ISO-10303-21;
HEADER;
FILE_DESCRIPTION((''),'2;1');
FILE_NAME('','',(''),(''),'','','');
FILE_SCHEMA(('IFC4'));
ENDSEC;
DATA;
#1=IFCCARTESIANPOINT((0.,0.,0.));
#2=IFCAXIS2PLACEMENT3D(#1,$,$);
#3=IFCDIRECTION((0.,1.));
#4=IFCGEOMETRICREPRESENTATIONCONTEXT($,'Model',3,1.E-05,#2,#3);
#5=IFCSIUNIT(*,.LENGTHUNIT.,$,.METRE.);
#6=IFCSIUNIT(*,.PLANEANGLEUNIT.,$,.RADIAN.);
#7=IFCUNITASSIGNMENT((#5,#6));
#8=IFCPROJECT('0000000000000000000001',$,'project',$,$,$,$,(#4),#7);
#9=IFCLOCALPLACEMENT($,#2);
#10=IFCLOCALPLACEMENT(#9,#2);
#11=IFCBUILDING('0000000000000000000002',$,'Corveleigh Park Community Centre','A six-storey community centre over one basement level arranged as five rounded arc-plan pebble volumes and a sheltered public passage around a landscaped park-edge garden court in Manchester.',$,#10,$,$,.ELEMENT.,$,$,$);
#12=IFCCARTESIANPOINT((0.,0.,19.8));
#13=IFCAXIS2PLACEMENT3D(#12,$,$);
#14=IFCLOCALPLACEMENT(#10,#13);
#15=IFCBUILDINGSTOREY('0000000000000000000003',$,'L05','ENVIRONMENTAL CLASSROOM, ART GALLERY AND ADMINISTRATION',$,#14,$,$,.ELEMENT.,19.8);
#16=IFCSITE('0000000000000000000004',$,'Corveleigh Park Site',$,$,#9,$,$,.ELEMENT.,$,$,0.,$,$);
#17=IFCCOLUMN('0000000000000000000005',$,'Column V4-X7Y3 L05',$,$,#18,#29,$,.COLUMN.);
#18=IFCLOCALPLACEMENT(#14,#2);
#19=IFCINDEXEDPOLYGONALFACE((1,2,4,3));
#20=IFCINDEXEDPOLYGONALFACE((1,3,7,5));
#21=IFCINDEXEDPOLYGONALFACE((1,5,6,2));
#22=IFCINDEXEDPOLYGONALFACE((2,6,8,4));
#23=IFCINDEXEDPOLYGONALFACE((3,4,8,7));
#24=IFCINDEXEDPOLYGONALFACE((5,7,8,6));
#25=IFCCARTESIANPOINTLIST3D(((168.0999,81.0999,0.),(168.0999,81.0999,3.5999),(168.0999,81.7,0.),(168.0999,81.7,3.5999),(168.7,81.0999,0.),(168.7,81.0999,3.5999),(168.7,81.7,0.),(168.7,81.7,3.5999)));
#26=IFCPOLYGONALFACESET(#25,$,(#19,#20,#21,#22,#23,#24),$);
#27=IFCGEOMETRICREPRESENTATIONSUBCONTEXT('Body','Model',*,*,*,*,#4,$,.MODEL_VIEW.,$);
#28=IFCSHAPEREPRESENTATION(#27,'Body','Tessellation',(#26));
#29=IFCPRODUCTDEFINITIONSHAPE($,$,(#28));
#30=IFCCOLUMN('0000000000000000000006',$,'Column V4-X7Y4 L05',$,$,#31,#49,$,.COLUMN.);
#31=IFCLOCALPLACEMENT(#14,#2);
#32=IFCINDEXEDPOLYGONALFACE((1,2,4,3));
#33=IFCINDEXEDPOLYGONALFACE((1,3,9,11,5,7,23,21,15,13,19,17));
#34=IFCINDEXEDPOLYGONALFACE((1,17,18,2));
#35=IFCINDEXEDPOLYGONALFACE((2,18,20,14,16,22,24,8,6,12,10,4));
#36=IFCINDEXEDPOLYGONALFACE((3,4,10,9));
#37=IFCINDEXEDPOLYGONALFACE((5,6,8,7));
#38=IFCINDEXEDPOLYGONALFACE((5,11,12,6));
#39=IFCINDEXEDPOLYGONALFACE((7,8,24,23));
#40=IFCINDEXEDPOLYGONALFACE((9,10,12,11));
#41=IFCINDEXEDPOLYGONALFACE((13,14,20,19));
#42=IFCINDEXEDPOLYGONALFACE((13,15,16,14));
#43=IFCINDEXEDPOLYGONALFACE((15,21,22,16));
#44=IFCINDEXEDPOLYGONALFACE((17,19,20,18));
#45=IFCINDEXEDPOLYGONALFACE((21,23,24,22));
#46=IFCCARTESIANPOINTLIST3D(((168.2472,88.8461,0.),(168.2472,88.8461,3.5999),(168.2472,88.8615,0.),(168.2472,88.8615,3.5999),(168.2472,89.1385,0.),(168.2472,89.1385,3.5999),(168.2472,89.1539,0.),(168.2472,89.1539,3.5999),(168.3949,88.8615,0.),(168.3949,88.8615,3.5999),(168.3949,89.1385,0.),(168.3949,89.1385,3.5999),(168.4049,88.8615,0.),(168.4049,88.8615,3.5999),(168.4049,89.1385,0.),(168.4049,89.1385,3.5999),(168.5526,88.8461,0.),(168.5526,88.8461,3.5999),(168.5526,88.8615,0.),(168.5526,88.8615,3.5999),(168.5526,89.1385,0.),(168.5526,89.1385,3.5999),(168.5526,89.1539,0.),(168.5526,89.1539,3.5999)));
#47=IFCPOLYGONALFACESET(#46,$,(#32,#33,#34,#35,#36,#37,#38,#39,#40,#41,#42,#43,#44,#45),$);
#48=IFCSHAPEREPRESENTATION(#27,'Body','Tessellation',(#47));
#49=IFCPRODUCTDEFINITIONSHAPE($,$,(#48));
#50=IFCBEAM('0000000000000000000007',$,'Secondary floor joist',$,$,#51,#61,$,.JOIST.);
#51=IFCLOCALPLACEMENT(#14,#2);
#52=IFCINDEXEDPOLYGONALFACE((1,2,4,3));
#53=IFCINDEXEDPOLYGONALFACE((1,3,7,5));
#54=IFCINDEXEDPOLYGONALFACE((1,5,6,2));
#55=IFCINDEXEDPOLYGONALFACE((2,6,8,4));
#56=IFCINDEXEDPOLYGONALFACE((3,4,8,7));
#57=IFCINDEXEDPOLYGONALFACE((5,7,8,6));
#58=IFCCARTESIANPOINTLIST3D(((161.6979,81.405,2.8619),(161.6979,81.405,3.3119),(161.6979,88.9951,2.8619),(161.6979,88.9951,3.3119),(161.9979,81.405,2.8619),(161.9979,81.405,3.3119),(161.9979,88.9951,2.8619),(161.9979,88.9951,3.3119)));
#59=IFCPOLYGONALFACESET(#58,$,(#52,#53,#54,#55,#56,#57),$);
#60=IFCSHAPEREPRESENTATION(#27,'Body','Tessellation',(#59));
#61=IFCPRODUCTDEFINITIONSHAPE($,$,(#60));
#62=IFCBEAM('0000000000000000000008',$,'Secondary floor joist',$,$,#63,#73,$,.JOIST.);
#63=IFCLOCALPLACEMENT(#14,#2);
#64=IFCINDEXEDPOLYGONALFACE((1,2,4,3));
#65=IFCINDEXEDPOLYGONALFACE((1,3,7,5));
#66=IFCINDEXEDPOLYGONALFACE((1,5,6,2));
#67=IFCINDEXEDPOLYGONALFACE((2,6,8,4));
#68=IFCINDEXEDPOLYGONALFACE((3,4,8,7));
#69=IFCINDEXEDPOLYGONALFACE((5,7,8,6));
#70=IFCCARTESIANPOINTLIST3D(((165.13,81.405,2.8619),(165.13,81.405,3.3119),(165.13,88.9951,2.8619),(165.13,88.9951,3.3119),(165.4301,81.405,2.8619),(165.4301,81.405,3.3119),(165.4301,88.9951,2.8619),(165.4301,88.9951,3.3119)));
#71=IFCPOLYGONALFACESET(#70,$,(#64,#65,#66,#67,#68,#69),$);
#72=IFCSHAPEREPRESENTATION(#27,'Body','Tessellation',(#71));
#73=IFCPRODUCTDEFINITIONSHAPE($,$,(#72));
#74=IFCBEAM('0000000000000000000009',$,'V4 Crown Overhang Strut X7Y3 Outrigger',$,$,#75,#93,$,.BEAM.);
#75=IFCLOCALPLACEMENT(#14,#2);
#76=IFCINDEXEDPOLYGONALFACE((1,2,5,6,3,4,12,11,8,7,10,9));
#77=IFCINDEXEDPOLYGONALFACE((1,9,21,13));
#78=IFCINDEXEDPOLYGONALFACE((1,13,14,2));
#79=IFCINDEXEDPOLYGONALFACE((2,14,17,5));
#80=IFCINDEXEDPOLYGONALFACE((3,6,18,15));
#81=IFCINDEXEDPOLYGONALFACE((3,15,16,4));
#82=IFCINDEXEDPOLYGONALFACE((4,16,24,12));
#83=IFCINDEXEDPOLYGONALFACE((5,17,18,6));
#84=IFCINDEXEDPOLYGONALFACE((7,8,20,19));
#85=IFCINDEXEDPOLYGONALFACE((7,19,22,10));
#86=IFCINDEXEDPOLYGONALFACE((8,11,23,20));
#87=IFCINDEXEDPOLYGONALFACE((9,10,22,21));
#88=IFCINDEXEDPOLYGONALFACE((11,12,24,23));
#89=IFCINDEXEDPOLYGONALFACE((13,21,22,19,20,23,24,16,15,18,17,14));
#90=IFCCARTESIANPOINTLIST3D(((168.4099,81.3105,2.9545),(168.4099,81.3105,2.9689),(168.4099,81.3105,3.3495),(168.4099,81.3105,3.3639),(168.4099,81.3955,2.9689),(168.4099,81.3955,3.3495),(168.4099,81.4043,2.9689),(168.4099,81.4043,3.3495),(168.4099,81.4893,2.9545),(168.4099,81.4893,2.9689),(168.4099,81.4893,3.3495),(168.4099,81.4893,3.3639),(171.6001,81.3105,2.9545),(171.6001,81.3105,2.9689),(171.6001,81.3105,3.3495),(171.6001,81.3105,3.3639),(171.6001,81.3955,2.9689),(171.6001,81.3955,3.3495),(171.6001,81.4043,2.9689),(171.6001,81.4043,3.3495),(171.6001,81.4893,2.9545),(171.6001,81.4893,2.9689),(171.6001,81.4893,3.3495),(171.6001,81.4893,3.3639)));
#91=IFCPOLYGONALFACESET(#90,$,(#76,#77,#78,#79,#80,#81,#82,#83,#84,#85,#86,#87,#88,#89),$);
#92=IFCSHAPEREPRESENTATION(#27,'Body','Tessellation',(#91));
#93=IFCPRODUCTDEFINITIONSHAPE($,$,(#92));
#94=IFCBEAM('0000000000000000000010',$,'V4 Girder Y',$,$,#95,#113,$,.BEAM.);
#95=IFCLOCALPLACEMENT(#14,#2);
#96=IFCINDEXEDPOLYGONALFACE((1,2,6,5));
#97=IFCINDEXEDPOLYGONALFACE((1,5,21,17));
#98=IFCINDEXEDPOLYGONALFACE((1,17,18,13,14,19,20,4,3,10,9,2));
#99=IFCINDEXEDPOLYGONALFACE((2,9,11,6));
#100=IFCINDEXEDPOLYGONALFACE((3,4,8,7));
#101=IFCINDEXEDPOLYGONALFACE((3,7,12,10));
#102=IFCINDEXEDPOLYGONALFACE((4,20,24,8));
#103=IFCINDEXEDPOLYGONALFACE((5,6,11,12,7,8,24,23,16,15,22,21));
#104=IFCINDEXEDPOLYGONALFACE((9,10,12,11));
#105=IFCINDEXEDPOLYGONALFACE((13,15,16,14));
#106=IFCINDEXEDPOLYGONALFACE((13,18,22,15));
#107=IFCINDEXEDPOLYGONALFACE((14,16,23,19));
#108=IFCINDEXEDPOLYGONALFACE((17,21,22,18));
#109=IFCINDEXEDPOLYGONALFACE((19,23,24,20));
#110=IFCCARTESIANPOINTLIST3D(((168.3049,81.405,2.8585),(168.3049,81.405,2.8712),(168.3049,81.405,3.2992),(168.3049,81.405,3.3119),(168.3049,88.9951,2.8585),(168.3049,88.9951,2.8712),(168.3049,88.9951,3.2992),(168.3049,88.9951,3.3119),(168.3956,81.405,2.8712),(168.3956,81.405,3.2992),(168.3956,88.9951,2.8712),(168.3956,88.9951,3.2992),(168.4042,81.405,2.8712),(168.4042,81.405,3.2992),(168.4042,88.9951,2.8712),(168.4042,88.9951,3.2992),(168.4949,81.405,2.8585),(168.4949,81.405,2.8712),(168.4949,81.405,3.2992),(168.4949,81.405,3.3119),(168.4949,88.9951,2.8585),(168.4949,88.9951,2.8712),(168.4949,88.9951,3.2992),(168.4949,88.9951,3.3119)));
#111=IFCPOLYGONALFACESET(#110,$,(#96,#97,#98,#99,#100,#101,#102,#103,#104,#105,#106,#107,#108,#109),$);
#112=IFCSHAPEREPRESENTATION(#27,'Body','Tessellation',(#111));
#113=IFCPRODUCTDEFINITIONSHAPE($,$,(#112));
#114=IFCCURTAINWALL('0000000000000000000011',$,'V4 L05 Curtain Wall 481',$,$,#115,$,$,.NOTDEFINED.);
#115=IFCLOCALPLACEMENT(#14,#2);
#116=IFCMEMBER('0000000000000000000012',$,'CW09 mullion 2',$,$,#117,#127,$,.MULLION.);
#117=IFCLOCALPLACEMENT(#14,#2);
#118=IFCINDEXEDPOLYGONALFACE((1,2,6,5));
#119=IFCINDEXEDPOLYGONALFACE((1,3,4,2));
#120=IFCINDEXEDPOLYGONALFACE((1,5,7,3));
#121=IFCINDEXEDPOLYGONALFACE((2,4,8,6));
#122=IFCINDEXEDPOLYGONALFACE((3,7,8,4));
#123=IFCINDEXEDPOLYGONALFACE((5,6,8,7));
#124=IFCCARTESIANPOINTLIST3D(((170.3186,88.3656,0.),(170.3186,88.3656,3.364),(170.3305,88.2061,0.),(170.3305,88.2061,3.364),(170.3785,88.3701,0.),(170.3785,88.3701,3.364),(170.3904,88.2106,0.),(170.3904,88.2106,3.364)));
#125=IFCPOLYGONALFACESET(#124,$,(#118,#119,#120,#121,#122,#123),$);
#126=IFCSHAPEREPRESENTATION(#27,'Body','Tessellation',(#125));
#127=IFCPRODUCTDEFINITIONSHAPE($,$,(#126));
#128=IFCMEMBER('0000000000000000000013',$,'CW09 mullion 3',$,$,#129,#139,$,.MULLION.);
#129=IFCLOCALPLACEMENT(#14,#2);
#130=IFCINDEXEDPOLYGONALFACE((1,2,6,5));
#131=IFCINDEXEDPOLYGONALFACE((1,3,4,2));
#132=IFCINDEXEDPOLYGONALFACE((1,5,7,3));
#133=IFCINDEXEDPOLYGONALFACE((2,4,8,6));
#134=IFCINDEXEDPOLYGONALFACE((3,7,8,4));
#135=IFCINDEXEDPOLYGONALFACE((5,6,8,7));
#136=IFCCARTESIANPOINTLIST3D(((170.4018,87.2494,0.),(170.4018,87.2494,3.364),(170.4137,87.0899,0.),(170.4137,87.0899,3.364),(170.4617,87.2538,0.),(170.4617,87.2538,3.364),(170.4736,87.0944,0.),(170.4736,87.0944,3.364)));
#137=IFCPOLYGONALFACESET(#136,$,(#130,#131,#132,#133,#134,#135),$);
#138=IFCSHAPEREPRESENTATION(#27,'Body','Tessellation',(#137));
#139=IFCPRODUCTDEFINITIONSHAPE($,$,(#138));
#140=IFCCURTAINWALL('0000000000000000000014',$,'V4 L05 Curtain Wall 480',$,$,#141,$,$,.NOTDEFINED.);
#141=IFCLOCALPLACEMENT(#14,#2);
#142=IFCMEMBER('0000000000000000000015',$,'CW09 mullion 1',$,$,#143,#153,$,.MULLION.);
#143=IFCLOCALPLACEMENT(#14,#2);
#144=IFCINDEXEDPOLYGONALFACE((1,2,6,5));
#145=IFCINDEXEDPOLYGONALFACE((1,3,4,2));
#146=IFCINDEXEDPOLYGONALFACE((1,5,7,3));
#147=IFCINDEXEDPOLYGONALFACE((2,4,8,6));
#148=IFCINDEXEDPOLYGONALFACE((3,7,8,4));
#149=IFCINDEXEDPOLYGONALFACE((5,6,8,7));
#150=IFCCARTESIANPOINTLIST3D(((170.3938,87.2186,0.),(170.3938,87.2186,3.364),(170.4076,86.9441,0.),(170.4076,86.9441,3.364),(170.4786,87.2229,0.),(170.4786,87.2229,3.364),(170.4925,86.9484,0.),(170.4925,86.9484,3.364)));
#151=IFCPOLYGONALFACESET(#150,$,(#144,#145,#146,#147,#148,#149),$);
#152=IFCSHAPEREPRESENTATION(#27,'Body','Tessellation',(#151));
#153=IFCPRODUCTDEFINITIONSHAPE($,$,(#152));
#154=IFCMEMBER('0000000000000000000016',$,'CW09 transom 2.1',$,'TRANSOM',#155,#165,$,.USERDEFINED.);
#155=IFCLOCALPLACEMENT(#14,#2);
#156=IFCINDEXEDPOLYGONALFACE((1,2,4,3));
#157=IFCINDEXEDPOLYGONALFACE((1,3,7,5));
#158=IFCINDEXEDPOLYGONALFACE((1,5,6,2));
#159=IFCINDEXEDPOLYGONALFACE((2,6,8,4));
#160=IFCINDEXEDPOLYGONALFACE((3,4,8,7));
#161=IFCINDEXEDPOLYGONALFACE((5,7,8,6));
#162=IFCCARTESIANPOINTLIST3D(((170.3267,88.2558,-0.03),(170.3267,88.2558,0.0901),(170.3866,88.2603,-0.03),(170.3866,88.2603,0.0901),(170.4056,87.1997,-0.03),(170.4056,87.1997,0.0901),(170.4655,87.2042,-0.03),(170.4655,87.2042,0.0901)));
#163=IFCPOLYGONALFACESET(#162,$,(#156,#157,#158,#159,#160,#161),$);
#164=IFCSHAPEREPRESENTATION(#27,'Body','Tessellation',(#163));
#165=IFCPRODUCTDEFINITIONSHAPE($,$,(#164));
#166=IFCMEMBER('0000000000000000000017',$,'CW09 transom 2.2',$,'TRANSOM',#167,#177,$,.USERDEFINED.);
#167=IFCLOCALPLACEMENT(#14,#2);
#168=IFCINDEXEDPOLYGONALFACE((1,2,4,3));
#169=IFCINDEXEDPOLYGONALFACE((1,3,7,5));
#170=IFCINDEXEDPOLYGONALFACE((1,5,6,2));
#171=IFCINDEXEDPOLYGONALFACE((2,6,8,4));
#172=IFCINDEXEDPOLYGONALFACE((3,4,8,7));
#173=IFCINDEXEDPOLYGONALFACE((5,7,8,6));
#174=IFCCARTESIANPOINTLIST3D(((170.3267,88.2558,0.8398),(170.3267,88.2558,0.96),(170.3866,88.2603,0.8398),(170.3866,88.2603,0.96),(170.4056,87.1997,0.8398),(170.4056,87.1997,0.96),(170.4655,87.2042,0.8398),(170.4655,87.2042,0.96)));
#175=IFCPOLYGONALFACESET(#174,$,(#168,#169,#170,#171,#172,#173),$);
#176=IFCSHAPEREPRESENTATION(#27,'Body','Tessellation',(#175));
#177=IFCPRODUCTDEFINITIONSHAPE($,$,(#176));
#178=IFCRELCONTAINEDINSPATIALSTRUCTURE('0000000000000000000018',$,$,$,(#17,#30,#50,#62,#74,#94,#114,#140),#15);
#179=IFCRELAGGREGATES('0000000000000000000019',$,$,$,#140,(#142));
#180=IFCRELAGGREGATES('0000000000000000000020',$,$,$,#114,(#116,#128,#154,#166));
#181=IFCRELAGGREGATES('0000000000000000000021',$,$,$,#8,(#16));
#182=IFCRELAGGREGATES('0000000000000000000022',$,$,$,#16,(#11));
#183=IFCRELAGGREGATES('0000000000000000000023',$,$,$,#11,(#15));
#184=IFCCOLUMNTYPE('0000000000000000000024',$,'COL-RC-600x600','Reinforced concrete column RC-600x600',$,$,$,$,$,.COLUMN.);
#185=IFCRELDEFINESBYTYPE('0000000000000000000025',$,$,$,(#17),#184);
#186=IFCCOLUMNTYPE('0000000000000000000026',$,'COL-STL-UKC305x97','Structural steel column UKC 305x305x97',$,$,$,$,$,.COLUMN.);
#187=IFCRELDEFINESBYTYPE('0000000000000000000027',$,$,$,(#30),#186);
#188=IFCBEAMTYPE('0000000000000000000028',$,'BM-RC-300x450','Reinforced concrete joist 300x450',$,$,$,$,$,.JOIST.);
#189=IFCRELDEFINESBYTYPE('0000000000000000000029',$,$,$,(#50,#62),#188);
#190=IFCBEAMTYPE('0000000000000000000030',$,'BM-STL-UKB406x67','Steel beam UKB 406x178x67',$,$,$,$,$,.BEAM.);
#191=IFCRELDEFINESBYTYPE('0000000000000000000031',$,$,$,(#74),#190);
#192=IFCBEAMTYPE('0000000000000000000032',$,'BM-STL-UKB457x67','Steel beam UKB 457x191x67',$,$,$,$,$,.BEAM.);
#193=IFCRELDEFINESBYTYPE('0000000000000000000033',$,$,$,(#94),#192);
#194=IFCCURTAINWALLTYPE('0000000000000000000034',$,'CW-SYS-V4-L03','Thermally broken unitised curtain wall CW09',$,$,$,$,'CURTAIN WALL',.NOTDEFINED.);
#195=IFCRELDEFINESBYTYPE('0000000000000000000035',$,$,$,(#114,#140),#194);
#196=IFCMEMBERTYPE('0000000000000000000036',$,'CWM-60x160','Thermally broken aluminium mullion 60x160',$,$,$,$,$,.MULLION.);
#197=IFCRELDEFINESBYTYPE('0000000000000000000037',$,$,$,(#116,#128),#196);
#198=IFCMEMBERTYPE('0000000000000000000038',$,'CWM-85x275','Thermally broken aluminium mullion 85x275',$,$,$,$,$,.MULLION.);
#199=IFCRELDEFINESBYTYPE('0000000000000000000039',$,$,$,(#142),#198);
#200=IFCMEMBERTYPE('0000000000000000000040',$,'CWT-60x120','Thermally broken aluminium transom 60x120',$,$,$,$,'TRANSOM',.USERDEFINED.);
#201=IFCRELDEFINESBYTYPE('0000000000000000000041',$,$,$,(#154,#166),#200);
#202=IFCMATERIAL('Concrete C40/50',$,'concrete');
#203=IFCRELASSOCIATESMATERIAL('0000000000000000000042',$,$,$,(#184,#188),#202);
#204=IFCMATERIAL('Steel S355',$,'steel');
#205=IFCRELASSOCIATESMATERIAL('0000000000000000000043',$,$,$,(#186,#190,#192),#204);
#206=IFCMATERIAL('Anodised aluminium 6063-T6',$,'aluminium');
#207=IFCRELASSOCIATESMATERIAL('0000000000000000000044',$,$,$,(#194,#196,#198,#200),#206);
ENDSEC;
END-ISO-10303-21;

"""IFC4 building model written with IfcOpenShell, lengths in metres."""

from ifc_helpers import new_model, si_unit, direction, frame, origin, origin_2d, place, context, subcontext, project, spatial, rectangle, i_section, extrude, material, material_profile, profile_set, type_object, element, aggregate, save


model = new_model("IFC4")

# Units and contexts
model_context = context("Model", 3, precision=1e-05, world=origin(), true_north=direction((0.0, 1.0)))
body_context = subcontext(model_context, "Body", "Model", "MODEL_VIEW")
ifc_project = project(units=[si_unit("LENGTHUNIT", "METRE"), si_unit("PLANEANGLEUNIT", "RADIAN")], contexts=[model_context])

# Site, building, storey
site_placement = place(None, origin())
site = spatial("IfcSite", under=ifc_project, at=site_placement, Name="Corveleigh Park Site", CompositionType="ELEMENT", RefElevation=0.0)
building_placement = place(site_placement, origin())
building = spatial("IfcBuilding", under=site, at=building_placement, Name="Corveleigh Park Community Centre", Description="A six-storey community centre over one basement level arranged as five rounded arc-plan pebble volumes and a sheltered public passage around a landscaped park-edge garden court in Manchester.", CompositionType="ELEMENT")
storey_placement = place(building_placement, frame((0.0, 0.0, 19.8)))
storey = spatial("IfcBuildingStorey", under=building, at=storey_placement, Name="L05", Description="ENVIRONMENTAL CLASSROOM, ART GALLERY AND ADMINISTRATION", CompositionType="ELEMENT", Elevation=19.8)

# Columns
ifc_material_1 = material(Name="Concrete C40/50", Category="concrete")
ifc_material_profile_1 = material_profile(ifc_material_1, rectangle(XDim=0.6001, YDim=0.6001, at=origin_2d()), Name="RC-600x600", Category="concrete")
ifc_profile_set_1 = profile_set([ifc_material_profile_1], Name="Concrete C40/50")
column_type_1 = type_object("IfcColumnType", Name="COL-RC-600x600", Description="Reinforced concrete column RC-600x600", PredefinedType="COLUMN", material=ifc_profile_set_1)
column_1_placement = place(storey_placement, frame((168.3999, 81.3999, 0.0), z_axis=(0.0, 0.0, 1.0), x_axis=(1.0, 0.0, 0.0)))
element("IfcColumn", 1, at=column_1_placement, inside=storey, type_object=column_type_1, Name="Column V4-X7Y3 L05", PredefinedType="COLUMN", context=body_context, shape_type="SweptSolid", body=[
    extrude(rectangle(XDim=0.6001, YDim=0.6001, at=origin_2d()), origin(), (0.0, 0.0, 1.0), 3.5999),
])
ifc_material_2 = material(Name="Steel S355", Category="steel")
ifc_material_profile_2 = material_profile(ifc_material_2, i_section(OverallWidth=0.3054, OverallDepth=0.3079, WebThickness=0.01, FlangeThickness=0.0154, at=origin_2d()), Name="UKC 305x305x97", Category="steel")
ifc_profile_set_2 = profile_set([ifc_material_profile_2], Name="Steel S355")
column_type_2 = type_object("IfcColumnType", Name="COL-STL-UKC305x97", Description="Structural steel column UKC 305x305x97", PredefinedType="COLUMN", material=ifc_profile_set_2)
column_2_placement = place(storey_placement, frame((168.3999, 89.0, 0.0), z_axis=(0.0, 0.0, 1.0), x_axis=(1.0, 0.0, 0.0)))
element("IfcColumn", 2, at=column_2_placement, inside=storey, type_object=column_type_2, Name="Column V4-X7Y4 L05", PredefinedType="COLUMN", context=body_context, shape_type="SweptSolid", body=[
    extrude(i_section(OverallWidth=0.3054, OverallDepth=0.3079, WebThickness=0.01, FlangeThickness=0.0154, at=origin_2d()), origin(), (0.0, 0.0, 1.0), 3.5999),
])

# Beams
ifc_material_profile_3 = material_profile(ifc_material_1, rectangle(XDim=0.3, YDim=0.45, at=origin_2d()), Name="RC-300x450", Category="concrete")
ifc_profile_set_3 = profile_set([ifc_material_profile_3], Name="Concrete C40/50")
beam_type_1 = type_object("IfcBeamType", Name="BM-RC-300x450", Description="Reinforced concrete joist 300x450", PredefinedType="JOIST", material=ifc_profile_set_3)
for number, where, z_axis, x_axis, name in (
    (3, (161.8479, 81.405, 3.0869), (0.0, 1.0, 0.0), (-1.0, 0.0, 0.0), "Secondary floor joist"),
    (4, (165.28, 81.405, 3.0869), (0.0, 1.0, 0.0), (-1.0, 0.0, 0.0), "Secondary floor joist"),
):
    element("IfcBeam", number, at=place(storey_placement, frame(where, z_axis=z_axis, x_axis=x_axis)), inside=storey, type_object=beam_type_1, Name=name, PredefinedType="JOIST", context=body_context, shape_type="SweptSolid", body=[
        extrude(rectangle(XDim=0.3, YDim=0.45, at=origin_2d()), origin(), (0.0, 0.0, 1.0), 7.5901),
    ])
ifc_material_profile_4 = material_profile(ifc_material_2, i_section(OverallWidth=0.1787, OverallDepth=0.4094, WebThickness=0.0088, FlangeThickness=0.0144, at=origin_2d()), Name="UKB 406x178x67", Category="steel")
ifc_profile_set_4 = profile_set([ifc_material_profile_4], Name="Steel S355")
beam_type_2 = type_object("IfcBeamType", Name="BM-STL-UKB406x67", Description="Steel beam UKB 406x178x67", PredefinedType="BEAM", material=ifc_profile_set_4)
beam_1_placement = place(storey_placement, frame((168.4099, 81.3999, 3.1592), z_axis=(1.0, 0.0, 0.0), x_axis=(0.0, 1.0, 0.0)))
element("IfcBeam", 5, at=beam_1_placement, inside=storey, type_object=beam_type_2, Name="V4 Crown Overhang Strut X7Y3 Outrigger", PredefinedType="BEAM", context=body_context, shape_type="SweptSolid", body=[
    extrude(i_section(OverallWidth=0.1787, OverallDepth=0.4094, WebThickness=0.0088, FlangeThickness=0.0144, at=origin_2d()), origin(), (0.0, 0.0, 1.0), 3.1902),
])
ifc_material_profile_5 = material_profile(ifc_material_2, i_section(OverallWidth=0.1899, OverallDepth=0.4534, WebThickness=0.0085, FlangeThickness=0.0127, at=origin_2d()), Name="UKB 457x191x67", Category="steel")
ifc_profile_set_5 = profile_set([ifc_material_profile_5], Name="Steel S355")
beam_type_3 = type_object("IfcBeamType", Name="BM-STL-UKB457x67", Description="Steel beam UKB 457x191x67", PredefinedType="BEAM", material=ifc_profile_set_5)
beam_2_placement = place(storey_placement, frame((168.3999, 81.405, 3.0852), z_axis=(0.0, 1.0, 0.0), x_axis=(-1.0, 0.0, 0.0)))
element("IfcBeam", 6, at=beam_2_placement, inside=storey, type_object=beam_type_3, Name="V4 Girder Y", PredefinedType="BEAM", context=body_context, shape_type="SweptSolid", body=[
    extrude(i_section(OverallWidth=0.1899, OverallDepth=0.4534, WebThickness=0.0085, FlangeThickness=0.0127, at=origin_2d()), origin(), (0.0, 0.0, 1.0), 7.5901),
])

# Curtain wall, members
ifc_material_3 = material(Name="Anodised aluminium 6063-T6", Category="aluminium")
curtain_wall_type = type_object("IfcCurtainWallType", Name="CW-SYS-V4-L03", Description="Thermally broken unitised curtain wall CW09", ElementType="CURTAIN WALL", PredefinedType="NOTDEFINED", material=ifc_material_3)
curtain_wall_1_placement = place(storey_placement, origin())
curtain_wall_1 = element("IfcCurtainWall", 7, at=curtain_wall_1_placement, inside=storey, type_object=curtain_wall_type, Name="V4 L05 Curtain Wall 481", PredefinedType="NOTDEFINED")
ifc_material_profile_6 = material_profile(ifc_material_3, rectangle(XDim=0.0601, YDim=0.1599, at=origin_2d()), Name="ALU-M60x160", Category="aluminium")
ifc_profile_set_6 = profile_set([ifc_material_profile_6], Name="Anodised aluminium 6063-T6")
member_type_1 = type_object("IfcMemberType", Name="CWM-60x160", Description="Thermally broken aluminium mullion 60x160", PredefinedType="MULLION", material=ifc_profile_set_6)
member_1_placement = place(storey_placement, frame((170.3545, 88.2881, 0.0), z_axis=(0.0, 0.0, 1.0), x_axis=(0.997228, 0.074401, 0.0)))
member_1 = element("IfcMember", 8, at=member_1_placement, type_object=member_type_1, Name="CW09 mullion 2", PredefinedType="MULLION", context=body_context, shape_type="SweptSolid", body=[
    extrude(rectangle(XDim=0.0601, YDim=0.1599, at=origin_2d()), origin(), (0.0, 0.0, 1.0), 3.364),
])
member_2_placement = place(storey_placement, frame((170.4377, 87.1719, 0.0), z_axis=(0.0, 0.0, 1.0), x_axis=(0.997228, 0.074401, 0.0)))
member_2 = element("IfcMember", 9, at=member_2_placement, type_object=member_type_1, Name="CW09 mullion 3", PredefinedType="MULLION", context=body_context, shape_type="SweptSolid", body=[
    extrude(rectangle(XDim=0.0601, YDim=0.1599, at=origin_2d()), origin(), (0.0, 0.0, 1.0), 3.364),
])

# Curtain wall, member
curtain_wall_2_placement = place(storey_placement, origin())
curtain_wall_2 = element("IfcCurtainWall", 10, at=curtain_wall_2_placement, inside=storey, type_object=curtain_wall_type, Name="V4 L05 Curtain Wall 480", PredefinedType="NOTDEFINED")
ifc_material_profile_7 = material_profile(ifc_material_3, rectangle(XDim=0.085, YDim=0.2749, at=origin_2d()), Name="ALU-M85x275", Category="aluminium")
ifc_profile_set_7 = profile_set([ifc_material_profile_7], Name="Anodised aluminium 6063-T6")
member_type_2 = type_object("IfcMemberType", Name="CWM-85x275", Description="Thermally broken aluminium mullion 85x275", PredefinedType="MULLION", material=ifc_profile_set_7)
member_3_placement = place(storey_placement, frame((170.4431, 87.0835, 0.0), z_axis=(0.0, 0.0, 1.0), x_axis=(0.998725, 0.05048, 0.0)))
member_3 = element("IfcMember", 11, at=member_3_placement, type_object=member_type_2, Name="CW09 mullion 1", PredefinedType="MULLION", context=body_context, shape_type="SweptSolid", body=[
    extrude(rectangle(XDim=0.085, YDim=0.2749, at=origin_2d()), origin(), (0.0, 0.0, 1.0), 3.364),
])

# Members
ifc_material_profile_8 = material_profile(ifc_material_3, rectangle(XDim=0.0601, YDim=0.1201, at=origin_2d()), Name="ALU-T60x120", Category="aluminium")
ifc_profile_set_8 = profile_set([ifc_material_profile_8], Name="Anodised aluminium 6063-T6")
member_type_3 = type_object("IfcMemberType", Name="CWT-60x120", Description="Thermally broken aluminium transom 60x120", ElementType="TRANSOM", PredefinedType="USERDEFINED", material=ifc_profile_set_8)
member_4_placement = place(storey_placement, frame((170.3567, 88.2581, 0.03), z_axis=(0.074458, -0.997224, 0.0), x_axis=(0.997224, 0.074458, 0.0)))
member_4 = element("IfcMember", 12, at=member_4_placement, type_object=member_type_3, Name="CW09 transom 2.1", ObjectType="TRANSOM", PredefinedType="USERDEFINED", context=body_context, shape_type="SweptSolid", body=[
    extrude(rectangle(XDim=0.0601, YDim=0.1201, at=origin_2d()), origin(), (0.0, 0.0, 1.0), 1.0591),
])
member_5_placement = place(storey_placement, frame((170.3567, 88.2581, 0.8999), z_axis=(0.074458, -0.997224, 0.0), x_axis=(0.997224, 0.074458, 0.0)))
member_5 = element("IfcMember", 13, at=member_5_placement, type_object=member_type_3, Name="CW09 transom 2.2", ObjectType="TRANSOM", PredefinedType="USERDEFINED", context=body_context, shape_type="SweptSolid", body=[
    extrude(rectangle(XDim=0.0601, YDim=0.1201, at=origin_2d()), origin(), (0.0, 0.0, 1.0), 1.0591),
])
aggregate(curtain_wall_2, [member_3])

aggregate(curtain_wall_1, [member_1, member_2, member_4, member_5])

save(model, "model.ifc")
